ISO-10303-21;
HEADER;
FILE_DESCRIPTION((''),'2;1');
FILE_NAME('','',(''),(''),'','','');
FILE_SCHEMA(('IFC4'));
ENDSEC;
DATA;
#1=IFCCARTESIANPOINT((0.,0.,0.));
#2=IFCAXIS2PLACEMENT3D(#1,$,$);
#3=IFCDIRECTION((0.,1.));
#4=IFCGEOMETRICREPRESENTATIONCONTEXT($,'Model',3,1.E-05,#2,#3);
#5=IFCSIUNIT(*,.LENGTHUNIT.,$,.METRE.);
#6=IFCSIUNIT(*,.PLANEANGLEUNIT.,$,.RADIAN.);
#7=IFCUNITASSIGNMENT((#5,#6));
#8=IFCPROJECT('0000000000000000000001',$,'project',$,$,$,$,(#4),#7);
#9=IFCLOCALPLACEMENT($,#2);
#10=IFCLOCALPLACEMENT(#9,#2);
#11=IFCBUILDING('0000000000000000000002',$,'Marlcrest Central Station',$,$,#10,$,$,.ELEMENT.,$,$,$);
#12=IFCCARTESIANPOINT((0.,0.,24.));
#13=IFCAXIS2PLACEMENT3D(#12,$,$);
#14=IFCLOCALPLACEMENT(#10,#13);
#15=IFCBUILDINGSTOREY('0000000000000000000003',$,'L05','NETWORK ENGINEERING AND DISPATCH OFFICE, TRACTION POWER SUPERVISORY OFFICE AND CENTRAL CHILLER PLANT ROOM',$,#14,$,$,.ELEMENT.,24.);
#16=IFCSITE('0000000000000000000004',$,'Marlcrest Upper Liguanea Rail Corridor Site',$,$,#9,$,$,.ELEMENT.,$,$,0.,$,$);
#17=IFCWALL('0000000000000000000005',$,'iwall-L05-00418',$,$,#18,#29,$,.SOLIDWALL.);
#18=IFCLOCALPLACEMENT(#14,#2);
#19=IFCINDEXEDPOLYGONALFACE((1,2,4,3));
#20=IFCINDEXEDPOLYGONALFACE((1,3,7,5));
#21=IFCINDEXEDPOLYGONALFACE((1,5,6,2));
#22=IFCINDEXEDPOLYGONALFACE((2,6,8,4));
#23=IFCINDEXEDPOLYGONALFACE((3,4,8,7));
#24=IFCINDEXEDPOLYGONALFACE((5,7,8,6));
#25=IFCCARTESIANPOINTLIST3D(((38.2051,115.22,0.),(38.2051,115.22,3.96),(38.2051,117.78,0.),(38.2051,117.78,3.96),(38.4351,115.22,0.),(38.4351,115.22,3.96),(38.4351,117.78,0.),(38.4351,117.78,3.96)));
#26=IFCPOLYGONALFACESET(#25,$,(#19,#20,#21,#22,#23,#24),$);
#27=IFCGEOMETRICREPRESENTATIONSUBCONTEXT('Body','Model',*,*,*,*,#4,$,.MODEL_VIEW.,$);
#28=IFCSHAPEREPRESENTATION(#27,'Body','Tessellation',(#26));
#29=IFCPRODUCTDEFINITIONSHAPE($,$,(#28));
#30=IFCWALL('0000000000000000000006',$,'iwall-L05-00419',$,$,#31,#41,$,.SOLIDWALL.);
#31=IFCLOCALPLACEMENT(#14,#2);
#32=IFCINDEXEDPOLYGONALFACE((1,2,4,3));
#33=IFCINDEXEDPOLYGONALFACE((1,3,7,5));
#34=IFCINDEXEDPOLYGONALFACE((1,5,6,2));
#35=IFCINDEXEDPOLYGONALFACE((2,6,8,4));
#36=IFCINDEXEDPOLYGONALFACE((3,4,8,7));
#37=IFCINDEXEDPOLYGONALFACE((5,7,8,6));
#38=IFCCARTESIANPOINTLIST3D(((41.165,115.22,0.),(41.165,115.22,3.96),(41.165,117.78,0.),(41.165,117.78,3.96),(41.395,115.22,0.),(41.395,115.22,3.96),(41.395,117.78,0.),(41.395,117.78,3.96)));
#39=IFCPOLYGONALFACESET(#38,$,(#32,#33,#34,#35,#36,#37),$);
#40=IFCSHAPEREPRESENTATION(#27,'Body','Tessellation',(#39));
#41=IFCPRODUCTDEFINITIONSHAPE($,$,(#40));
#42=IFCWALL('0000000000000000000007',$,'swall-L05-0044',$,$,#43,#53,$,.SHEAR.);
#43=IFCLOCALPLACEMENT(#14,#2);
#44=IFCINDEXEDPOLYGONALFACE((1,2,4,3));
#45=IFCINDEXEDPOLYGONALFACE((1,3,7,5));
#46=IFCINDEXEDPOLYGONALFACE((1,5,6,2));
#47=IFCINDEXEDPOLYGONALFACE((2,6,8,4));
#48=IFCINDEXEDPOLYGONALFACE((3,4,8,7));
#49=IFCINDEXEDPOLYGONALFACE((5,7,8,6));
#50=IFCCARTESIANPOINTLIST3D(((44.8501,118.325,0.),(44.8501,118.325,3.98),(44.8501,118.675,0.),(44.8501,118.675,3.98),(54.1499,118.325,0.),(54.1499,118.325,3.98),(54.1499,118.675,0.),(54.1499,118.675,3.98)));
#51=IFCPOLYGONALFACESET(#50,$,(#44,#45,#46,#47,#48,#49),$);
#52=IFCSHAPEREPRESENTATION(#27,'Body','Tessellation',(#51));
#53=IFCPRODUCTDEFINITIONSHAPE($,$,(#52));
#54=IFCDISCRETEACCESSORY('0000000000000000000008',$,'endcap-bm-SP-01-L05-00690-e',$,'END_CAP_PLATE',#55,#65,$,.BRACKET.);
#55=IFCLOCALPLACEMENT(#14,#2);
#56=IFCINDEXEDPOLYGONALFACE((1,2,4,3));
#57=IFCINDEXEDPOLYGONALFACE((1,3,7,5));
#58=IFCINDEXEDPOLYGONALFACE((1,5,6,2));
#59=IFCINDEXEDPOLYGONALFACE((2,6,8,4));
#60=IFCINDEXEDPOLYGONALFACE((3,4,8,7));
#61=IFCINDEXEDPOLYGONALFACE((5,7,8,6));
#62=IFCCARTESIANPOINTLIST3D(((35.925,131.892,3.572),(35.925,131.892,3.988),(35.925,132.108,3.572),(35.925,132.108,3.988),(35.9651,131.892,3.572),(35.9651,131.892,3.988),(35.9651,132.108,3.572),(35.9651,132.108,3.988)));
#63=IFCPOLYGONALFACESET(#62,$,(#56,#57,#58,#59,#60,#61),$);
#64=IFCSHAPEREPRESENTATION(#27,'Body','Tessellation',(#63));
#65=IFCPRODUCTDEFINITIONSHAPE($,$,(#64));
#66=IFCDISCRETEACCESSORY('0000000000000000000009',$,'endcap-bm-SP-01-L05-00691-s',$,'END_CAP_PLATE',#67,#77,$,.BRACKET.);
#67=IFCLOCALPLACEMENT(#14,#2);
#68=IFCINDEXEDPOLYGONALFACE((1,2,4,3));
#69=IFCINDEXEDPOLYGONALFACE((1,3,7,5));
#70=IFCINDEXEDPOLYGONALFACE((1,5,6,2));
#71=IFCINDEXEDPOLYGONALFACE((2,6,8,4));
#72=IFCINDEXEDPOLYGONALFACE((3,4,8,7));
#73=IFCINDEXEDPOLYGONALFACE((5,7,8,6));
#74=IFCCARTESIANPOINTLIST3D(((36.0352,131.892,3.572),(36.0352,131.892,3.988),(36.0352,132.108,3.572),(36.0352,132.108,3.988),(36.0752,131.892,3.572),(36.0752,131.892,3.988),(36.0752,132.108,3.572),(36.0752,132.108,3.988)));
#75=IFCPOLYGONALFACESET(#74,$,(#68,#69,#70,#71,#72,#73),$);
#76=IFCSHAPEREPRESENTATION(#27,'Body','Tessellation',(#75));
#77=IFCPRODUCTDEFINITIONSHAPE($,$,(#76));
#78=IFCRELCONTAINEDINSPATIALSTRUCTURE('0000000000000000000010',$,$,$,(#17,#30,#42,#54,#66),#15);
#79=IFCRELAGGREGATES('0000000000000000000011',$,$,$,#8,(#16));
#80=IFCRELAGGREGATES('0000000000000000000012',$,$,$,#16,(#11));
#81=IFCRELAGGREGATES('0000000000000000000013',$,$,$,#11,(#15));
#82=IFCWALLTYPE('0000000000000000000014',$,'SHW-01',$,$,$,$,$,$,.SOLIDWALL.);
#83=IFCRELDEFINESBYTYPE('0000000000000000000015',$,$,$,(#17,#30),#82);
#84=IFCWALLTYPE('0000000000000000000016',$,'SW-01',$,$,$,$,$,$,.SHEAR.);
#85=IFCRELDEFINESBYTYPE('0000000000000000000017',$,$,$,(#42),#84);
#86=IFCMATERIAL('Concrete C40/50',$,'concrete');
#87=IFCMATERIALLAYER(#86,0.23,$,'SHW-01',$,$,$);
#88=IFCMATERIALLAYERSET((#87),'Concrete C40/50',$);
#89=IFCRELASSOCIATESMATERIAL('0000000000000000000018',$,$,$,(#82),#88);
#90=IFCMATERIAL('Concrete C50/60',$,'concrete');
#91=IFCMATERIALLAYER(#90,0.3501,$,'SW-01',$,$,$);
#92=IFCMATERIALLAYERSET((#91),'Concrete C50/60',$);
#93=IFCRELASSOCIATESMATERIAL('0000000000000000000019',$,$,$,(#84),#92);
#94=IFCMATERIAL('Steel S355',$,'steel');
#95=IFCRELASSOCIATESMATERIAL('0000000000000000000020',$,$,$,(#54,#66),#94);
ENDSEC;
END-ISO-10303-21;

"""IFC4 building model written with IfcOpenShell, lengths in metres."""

from ifc_helpers import new_model, si_unit, direction, frame, frame_2d, origin, origin_2d, place, context, subcontext, project, spatial, rectangle, extrude, material, layer, layer_set, type_object, element, save


model = new_model("IFC4")

# Units and contexts
model_context = context("Model", 3, precision=1e-05, world=origin(), true_north=direction((0.0, 1.0)))
body_context = subcontext(model_context, "Body", "Model", "MODEL_VIEW")
ifc_project = project(units=[si_unit("LENGTHUNIT", "METRE"), si_unit("PLANEANGLEUNIT", "RADIAN")], contexts=[model_context])

# Site, building, storey
site_placement = place(None, origin())
site = spatial("IfcSite", under=ifc_project, at=site_placement, Name="Marlcrest Upper Liguanea Rail Corridor Site", CompositionType="ELEMENT", RefElevation=0.0)
building_placement = place(site_placement, origin())
building = spatial("IfcBuilding", under=site, at=building_placement, Name="Marlcrest Central Station", CompositionType="ELEMENT")
storey_placement = place(building_placement, frame((0.0, 0.0, 24.0)))
storey = spatial("IfcBuildingStorey", under=building, at=storey_placement, Name="L05", Description="NETWORK ENGINEERING AND DISPATCH OFFICE, TRACTION POWER SUPERVISORY OFFICE AND CENTRAL CHILLER PLANT ROOM", CompositionType="ELEMENT", Elevation=24.0)

# Shared definitions
ifc_material_1 = material(Name="Steel S355", Category="steel")

# Shared definitions
ifc_material_2 = material(Name="Concrete C40/50", Category="concrete")
ifc_layer_1 = layer(ifc_material_2, 0.23, Name="SHW-01")
ifc_layer_set_1 = layer_set([ifc_layer_1], Name="Concrete C40/50")
wall_type_1 = type_object("IfcWallType", Name="SHW-01", PredefinedType="SOLIDWALL", material=ifc_layer_set_1)

# Walls
for number, where, z_axis, x_axis, name in (
    (1, (38.3201, 115.22, 0.0), (0.0, 0.0, 1.0), (0.0, 1.0, 0.0), "iwall-L05-00418"),
    (2, (41.28, 117.78, 0.0), (0.0, 0.0, 1.0), (0.0, -1.0, 0.0), "iwall-L05-00419"),
):
    element("IfcWall", number, at=place(storey_placement, frame(where, z_axis=z_axis, x_axis=x_axis)), inside=storey, type_object=wall_type_1, Name=name, PredefinedType="SOLIDWALL", context=body_context, shape_type="SweptSolid", body=[
        extrude(rectangle(XDim=2.5601, YDim=0.23, at=frame_2d((1.28, 0.0))), origin(), (0.0, 0.0, 1.0), 3.96),
    ])
ifc_material_3 = material(Name="Concrete C50/60", Category="concrete")
ifc_layer_2 = layer(ifc_material_3, 0.3501, Name="SW-01")
ifc_layer_set_2 = layer_set([ifc_layer_2], Name="Concrete C50/60")
wall_type_2 = type_object("IfcWallType", Name="SW-01", PredefinedType="SHEAR", material=ifc_layer_set_2)
wall_1_placement = place(storey_placement, frame((44.8501, 118.5, 0.0), z_axis=(0.0, 0.0, 1.0), x_axis=(1.0, 0.0, 0.0)))
element("IfcWall", 3, at=wall_1_placement, inside=storey, type_object=wall_type_2, Name="swall-L05-0044", PredefinedType="SHEAR", context=body_context, shape_type="SweptSolid", body=[
    extrude(rectangle(XDim=9.2998, YDim=0.3501, at=frame_2d((4.6499, 0.0))), origin(), (0.0, 0.0, 1.0), 3.98),
])

# Discrete accessories
for number, where, z_axis, x_axis, name in (
    (4, (35.925, 132.0, 3.78), (1.0, 0.0, 0.0), (0.0, 1.0, 0.0), "endcap-bm-SP-01-L05-00690-e"),
    (5, (36.0352, 132.0, 3.78), (1.0, 0.0, 0.0), (0.0, 1.0, 0.0), "endcap-bm-SP-01-L05-00691-s"),
):
    element("IfcDiscreteAccessory", number, at=place(storey_placement, frame(where, z_axis=z_axis, x_axis=x_axis)), inside=storey, material=ifc_material_1, Name=name, ObjectType="END_CAP_PLATE", PredefinedType="BRACKET", context=body_context, shape_type="SweptSolid", body=[
        extrude(rectangle(XDim=0.2161, YDim=0.416, at=origin_2d()), origin(), (0.0, 0.0, 1.0), 0.04),
    ])

save(model, "model.ifc")
